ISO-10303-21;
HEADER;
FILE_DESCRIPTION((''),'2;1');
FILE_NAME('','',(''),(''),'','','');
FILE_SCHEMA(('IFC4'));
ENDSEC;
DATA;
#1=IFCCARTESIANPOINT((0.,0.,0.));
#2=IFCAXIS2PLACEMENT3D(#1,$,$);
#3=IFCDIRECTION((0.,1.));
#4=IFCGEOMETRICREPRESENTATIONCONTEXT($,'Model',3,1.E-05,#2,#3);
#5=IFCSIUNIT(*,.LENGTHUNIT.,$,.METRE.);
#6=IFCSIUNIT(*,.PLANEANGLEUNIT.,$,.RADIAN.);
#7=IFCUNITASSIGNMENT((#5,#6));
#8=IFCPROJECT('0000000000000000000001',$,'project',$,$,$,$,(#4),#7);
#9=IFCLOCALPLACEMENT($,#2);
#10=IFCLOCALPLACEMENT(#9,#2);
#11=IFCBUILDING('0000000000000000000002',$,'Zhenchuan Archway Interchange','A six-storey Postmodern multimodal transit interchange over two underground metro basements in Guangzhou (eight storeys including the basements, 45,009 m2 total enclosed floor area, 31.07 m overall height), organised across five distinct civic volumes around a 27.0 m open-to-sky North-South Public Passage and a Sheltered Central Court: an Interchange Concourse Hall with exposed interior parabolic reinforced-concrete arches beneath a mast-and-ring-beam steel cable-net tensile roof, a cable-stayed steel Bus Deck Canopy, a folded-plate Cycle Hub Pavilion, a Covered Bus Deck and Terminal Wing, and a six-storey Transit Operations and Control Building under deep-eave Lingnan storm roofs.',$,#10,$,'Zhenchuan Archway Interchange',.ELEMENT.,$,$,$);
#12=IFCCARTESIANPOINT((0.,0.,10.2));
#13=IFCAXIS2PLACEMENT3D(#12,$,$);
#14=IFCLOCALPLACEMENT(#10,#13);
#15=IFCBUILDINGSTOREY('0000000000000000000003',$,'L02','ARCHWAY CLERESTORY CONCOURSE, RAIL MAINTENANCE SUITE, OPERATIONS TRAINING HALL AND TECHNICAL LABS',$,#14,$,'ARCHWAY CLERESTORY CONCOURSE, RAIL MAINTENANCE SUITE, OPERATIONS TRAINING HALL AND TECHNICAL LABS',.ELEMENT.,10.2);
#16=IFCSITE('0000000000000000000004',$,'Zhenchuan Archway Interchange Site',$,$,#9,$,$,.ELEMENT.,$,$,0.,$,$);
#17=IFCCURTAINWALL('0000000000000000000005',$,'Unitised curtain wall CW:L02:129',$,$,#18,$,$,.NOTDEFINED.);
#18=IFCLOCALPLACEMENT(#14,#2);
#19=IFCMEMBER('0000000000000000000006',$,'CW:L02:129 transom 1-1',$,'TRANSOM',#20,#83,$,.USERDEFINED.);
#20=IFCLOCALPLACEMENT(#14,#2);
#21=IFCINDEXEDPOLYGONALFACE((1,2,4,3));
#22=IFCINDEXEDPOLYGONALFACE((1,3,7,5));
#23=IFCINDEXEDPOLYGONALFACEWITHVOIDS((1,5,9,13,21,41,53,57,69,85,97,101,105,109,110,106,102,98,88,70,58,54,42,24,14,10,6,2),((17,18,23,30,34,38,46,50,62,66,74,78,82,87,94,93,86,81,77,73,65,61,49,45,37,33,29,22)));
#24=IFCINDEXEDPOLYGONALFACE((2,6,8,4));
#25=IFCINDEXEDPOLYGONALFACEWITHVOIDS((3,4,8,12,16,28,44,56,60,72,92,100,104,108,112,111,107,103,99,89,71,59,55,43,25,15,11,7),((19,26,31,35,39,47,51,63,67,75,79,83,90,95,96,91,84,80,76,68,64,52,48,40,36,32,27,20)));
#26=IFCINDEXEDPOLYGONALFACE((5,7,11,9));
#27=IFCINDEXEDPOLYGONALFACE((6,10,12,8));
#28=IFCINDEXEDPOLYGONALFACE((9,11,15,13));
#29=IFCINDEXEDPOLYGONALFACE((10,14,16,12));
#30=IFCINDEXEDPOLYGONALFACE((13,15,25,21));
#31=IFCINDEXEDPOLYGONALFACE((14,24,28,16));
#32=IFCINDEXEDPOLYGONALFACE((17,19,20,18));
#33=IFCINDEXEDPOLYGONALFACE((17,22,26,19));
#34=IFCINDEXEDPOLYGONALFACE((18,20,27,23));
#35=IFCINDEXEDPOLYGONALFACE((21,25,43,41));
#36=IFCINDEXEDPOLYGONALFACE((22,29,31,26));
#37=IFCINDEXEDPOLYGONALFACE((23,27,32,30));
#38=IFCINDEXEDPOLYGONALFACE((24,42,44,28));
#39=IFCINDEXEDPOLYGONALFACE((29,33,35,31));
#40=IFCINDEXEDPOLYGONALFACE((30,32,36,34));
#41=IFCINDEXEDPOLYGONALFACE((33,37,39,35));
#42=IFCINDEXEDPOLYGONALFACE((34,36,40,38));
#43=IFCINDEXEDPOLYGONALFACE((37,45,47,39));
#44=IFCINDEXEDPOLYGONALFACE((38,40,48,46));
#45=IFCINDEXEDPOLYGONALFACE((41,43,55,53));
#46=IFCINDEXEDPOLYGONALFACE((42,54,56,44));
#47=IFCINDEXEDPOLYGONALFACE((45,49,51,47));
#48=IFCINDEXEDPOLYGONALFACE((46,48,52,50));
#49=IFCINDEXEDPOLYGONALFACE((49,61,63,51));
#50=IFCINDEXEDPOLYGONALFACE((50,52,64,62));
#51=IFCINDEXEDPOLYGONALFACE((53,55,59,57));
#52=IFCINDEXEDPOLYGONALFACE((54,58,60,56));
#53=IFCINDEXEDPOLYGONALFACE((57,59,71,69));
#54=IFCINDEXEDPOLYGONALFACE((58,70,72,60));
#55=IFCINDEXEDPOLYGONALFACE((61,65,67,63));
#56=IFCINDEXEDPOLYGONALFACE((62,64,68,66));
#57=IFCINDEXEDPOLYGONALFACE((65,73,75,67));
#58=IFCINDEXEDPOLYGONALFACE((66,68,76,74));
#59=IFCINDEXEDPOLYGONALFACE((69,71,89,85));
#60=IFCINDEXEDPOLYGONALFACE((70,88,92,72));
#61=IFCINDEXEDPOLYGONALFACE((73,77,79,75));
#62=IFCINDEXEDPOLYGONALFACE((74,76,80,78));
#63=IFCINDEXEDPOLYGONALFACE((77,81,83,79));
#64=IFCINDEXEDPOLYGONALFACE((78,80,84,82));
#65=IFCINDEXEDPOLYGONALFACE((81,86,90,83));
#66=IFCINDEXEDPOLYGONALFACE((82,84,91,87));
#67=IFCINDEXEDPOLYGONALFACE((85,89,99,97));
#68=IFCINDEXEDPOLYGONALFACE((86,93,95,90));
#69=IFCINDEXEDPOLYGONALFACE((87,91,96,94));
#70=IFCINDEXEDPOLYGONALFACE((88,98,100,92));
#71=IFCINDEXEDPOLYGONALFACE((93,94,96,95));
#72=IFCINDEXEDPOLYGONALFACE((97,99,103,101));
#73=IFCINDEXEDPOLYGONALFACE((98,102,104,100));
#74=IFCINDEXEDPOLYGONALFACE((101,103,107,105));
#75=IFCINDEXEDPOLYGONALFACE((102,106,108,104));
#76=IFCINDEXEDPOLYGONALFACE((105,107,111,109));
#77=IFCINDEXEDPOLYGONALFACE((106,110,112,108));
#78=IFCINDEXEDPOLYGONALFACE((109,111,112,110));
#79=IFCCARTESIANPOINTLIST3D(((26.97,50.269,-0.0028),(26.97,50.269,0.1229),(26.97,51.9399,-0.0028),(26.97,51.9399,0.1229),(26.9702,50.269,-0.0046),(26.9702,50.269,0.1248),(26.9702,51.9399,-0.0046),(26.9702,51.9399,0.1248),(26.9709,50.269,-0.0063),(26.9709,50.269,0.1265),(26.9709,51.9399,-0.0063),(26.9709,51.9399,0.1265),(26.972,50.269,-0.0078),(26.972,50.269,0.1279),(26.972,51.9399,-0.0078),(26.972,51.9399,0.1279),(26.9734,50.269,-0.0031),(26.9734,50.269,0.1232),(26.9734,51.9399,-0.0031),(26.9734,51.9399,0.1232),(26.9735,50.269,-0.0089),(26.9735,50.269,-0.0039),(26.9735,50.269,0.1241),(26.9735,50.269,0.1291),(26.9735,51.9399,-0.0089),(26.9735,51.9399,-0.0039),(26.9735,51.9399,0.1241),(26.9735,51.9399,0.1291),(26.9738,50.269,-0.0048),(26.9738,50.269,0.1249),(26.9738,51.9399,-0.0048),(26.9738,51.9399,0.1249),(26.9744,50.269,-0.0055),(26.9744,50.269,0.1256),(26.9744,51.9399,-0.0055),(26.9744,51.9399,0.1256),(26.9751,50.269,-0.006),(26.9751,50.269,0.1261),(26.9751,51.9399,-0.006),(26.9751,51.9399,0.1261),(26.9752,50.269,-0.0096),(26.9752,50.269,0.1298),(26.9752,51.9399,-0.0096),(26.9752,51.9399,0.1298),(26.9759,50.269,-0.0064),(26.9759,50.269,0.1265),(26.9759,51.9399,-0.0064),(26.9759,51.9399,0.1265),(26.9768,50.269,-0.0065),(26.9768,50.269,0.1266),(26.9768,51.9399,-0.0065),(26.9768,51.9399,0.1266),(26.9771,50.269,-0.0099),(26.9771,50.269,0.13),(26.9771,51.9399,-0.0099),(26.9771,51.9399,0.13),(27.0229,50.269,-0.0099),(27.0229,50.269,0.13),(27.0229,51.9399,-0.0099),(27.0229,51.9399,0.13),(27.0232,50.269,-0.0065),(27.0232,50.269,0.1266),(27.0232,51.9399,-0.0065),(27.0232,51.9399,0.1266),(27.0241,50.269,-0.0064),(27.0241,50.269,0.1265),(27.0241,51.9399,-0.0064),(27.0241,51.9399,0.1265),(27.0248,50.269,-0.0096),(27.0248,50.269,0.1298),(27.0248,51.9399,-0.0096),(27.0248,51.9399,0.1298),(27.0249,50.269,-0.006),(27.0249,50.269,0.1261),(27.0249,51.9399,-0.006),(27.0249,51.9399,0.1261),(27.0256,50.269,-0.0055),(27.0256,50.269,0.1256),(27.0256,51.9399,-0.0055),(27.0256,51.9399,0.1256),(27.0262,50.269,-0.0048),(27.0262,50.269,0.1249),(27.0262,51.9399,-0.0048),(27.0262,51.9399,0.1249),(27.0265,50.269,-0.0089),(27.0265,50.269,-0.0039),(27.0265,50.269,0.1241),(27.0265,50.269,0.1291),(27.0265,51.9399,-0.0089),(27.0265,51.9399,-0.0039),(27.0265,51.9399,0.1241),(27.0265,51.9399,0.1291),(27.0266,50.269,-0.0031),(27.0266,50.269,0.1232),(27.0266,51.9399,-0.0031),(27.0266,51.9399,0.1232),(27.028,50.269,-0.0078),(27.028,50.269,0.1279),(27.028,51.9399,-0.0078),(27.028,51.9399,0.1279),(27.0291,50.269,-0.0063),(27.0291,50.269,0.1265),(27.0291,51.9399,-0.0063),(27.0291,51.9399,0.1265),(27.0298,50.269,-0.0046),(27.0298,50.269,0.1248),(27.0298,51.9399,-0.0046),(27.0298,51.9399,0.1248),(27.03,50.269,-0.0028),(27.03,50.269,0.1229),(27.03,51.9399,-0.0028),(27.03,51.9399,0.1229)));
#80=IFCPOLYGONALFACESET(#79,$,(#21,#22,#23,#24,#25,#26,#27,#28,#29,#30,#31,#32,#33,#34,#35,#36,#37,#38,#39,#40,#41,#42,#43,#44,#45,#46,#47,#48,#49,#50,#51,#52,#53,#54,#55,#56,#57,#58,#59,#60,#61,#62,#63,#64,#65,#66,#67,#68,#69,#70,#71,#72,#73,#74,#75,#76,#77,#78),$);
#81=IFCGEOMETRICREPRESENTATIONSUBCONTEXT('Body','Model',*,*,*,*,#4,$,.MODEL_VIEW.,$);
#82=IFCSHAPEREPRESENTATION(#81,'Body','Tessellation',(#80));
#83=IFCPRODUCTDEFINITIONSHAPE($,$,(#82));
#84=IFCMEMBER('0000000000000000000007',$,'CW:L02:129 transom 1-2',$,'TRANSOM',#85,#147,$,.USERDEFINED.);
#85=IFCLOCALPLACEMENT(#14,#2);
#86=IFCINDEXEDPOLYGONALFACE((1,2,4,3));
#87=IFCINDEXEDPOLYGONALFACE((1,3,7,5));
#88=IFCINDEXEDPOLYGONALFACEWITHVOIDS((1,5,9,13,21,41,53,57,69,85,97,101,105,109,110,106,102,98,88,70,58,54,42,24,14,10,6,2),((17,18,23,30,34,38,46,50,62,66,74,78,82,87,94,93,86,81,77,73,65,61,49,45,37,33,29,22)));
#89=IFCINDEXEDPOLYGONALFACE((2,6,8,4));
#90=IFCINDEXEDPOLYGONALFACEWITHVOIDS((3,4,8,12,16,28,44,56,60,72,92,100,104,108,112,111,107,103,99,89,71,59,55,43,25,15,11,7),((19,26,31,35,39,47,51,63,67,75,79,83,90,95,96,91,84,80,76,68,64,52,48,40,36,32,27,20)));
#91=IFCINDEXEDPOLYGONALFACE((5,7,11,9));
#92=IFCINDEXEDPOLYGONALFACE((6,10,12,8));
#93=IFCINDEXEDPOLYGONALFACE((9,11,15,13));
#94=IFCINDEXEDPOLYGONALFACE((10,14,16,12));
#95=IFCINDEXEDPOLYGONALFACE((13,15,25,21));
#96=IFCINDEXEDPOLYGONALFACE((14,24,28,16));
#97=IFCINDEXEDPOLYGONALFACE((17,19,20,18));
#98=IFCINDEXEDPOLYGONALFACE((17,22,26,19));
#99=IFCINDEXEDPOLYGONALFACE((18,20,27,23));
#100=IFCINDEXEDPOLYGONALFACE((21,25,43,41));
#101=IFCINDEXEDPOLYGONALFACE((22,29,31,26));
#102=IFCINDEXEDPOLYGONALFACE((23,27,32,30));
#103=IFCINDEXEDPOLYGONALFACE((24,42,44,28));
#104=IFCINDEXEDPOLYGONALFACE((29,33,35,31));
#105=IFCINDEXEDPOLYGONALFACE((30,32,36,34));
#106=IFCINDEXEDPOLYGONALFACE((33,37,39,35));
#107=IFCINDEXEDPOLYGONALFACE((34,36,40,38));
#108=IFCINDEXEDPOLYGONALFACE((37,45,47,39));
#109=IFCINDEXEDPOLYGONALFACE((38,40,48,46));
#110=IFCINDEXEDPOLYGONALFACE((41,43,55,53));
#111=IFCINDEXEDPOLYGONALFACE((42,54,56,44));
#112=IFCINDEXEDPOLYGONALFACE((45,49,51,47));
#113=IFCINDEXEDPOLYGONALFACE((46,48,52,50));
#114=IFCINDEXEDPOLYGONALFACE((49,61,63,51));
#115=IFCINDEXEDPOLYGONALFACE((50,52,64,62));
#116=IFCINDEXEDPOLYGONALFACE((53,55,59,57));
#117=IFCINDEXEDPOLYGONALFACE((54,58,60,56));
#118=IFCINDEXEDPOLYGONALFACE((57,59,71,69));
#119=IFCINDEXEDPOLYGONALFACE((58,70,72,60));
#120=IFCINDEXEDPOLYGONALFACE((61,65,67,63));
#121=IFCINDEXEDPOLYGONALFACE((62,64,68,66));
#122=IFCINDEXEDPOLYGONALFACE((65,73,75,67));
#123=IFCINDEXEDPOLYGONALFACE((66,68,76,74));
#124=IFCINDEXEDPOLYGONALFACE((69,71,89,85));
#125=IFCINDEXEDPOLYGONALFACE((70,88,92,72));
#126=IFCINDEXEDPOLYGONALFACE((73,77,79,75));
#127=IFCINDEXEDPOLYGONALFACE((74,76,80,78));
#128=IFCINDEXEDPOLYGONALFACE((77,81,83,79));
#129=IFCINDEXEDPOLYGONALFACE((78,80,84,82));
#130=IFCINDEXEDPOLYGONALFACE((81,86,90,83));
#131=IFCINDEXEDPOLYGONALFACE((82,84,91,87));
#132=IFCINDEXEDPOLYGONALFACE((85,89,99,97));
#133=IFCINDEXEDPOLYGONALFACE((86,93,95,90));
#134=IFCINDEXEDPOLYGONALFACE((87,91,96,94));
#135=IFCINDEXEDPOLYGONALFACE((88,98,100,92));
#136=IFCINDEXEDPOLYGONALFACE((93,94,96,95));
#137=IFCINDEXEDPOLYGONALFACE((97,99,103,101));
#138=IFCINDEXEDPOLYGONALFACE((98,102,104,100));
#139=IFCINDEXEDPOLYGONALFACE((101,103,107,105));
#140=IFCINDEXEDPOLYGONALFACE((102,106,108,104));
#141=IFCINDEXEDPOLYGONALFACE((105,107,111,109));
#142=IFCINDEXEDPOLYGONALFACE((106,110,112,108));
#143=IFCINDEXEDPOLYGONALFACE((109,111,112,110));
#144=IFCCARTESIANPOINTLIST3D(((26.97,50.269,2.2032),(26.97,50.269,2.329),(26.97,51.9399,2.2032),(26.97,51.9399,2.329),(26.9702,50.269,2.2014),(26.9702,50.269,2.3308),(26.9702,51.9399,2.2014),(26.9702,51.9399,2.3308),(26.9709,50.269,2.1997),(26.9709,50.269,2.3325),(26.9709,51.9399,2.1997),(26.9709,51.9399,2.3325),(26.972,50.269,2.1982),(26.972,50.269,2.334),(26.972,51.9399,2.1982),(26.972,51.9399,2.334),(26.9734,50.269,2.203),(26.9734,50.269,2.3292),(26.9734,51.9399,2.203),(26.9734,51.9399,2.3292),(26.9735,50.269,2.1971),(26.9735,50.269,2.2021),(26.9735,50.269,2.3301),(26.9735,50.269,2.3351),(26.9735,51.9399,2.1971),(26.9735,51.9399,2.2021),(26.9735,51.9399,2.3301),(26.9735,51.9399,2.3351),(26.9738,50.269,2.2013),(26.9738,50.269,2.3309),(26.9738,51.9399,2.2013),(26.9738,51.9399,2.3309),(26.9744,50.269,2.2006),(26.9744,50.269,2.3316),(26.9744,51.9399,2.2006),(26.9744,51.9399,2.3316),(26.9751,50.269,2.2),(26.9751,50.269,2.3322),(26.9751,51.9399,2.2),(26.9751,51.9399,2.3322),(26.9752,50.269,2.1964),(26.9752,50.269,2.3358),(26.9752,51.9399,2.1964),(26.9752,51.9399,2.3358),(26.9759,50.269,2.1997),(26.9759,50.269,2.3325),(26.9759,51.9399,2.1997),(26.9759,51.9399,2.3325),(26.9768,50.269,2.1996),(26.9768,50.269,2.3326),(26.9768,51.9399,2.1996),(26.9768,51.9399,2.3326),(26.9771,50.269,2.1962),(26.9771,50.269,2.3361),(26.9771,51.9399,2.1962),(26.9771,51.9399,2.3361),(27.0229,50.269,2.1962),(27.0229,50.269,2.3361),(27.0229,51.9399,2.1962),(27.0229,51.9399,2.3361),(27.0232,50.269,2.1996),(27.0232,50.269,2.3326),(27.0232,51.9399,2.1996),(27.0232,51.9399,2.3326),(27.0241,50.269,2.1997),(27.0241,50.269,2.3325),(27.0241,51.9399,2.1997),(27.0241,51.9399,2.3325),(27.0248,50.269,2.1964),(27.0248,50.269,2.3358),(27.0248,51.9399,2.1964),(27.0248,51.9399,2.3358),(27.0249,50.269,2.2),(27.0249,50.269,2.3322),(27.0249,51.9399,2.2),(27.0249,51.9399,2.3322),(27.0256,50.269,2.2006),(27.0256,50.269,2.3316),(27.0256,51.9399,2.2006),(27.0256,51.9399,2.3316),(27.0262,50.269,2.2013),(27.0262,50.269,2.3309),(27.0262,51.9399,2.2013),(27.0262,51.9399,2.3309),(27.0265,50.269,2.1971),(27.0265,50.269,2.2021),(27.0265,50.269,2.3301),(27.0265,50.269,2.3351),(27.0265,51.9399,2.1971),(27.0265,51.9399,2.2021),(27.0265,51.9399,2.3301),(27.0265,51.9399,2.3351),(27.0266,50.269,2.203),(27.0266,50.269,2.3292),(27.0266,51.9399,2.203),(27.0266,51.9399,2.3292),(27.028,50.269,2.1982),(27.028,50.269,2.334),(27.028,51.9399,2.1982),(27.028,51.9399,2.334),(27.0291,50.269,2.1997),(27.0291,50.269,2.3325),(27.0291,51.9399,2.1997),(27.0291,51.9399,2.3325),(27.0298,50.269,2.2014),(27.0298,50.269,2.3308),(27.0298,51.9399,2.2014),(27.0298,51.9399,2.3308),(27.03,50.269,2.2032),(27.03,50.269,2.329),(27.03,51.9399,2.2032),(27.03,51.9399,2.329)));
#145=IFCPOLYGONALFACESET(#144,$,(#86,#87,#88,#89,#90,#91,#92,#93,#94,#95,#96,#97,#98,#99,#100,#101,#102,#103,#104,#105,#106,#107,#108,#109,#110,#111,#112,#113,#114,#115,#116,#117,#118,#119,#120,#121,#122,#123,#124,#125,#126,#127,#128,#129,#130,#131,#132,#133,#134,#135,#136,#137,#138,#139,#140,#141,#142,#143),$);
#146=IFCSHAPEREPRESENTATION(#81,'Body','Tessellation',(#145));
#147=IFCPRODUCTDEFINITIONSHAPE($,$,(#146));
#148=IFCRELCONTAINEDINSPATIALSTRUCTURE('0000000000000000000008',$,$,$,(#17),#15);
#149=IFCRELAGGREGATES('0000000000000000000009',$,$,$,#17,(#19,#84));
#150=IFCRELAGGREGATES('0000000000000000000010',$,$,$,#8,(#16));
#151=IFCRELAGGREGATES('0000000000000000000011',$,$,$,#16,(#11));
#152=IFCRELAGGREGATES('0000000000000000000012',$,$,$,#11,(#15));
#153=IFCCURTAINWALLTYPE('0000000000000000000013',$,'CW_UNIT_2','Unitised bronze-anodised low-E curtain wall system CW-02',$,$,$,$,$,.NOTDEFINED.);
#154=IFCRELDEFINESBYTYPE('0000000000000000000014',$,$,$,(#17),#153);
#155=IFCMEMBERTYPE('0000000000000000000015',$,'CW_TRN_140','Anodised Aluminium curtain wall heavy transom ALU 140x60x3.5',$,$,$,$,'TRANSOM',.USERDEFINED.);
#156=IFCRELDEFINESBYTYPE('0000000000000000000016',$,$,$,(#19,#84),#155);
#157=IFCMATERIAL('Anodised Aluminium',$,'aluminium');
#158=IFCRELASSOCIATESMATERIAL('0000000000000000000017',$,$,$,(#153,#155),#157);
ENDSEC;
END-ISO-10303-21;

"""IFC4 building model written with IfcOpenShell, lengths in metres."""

from ifc_helpers import new_model, si_unit, direction, frame, origin, origin_2d, place, context, subcontext, project, spatial, hollow_rectangle, extrude, material, material_profile, profile_set, type_object, element, aggregate, save


model = new_model("IFC4")

# Units and contexts
model_context = context("Model", 3, precision=1e-05, world=origin(), true_north=direction((0.0, 1.0)))
body_context = subcontext(model_context, "Body", "Model", "MODEL_VIEW")
ifc_project = project(units=[si_unit("LENGTHUNIT", "METRE"), si_unit("PLANEANGLEUNIT", "RADIAN")], contexts=[model_context])

# Site, building, storey
site_placement = place(None, origin())
site = spatial("IfcSite", under=ifc_project, at=site_placement, Name="Zhenchuan Archway Interchange Site", CompositionType="ELEMENT", RefElevation=0.0)
building_placement = place(site_placement, origin())
building = spatial("IfcBuilding", under=site, at=building_placement, Name="Zhenchuan Archway Interchange", Description="A six-storey Postmodern multimodal transit interchange over two underground metro basements in Guangzhou (eight storeys including the basements, 45,009 m2 total enclosed floor area, 31.07 m overall height), organised across five distinct civic volumes around a 27.0 m open-to-sky North-South Public Passage and a Sheltered Central Court: an Interchange Concourse Hall with exposed interior parabolic reinforced-concrete arches beneath a mast-and-ring-beam steel cable-net tensile roof, a cable-stayed steel Bus Deck Canopy, a folded-plate Cycle Hub Pavilion, a Covered Bus Deck and Terminal Wing, and a six-storey Transit Operations and Control Building under deep-eave Lingnan storm roofs.", LongName="Zhenchuan Archway Interchange", CompositionType="ELEMENT")
storey_placement = place(building_placement, frame((0.0, 0.0, 10.2)))
storey = spatial("IfcBuildingStorey", under=building, at=storey_placement, Name="L02", Description="ARCHWAY CLERESTORY CONCOURSE, RAIL MAINTENANCE SUITE, OPERATIONS TRAINING HALL AND TECHNICAL LABS", LongName="ARCHWAY CLERESTORY CONCOURSE, RAIL MAINTENANCE SUITE, OPERATIONS TRAINING HALL AND TECHNICAL LABS", CompositionType="ELEMENT", Elevation=10.2)

# Shared definitions
ifc_material_1 = material(Name="Anodised Aluminium", Category="aluminium")

# Curtain wall
curtain_wall_type_1 = type_object("IfcCurtainWallType", Name="CW_UNIT_2", Description="Unitised bronze-anodised low-E curtain wall system CW-02", PredefinedType="NOTDEFINED", material=ifc_material_1)
curtain_wall_1_placement = place(storey_placement, origin())
curtain_wall_1 = element("IfcCurtainWall", 1, at=curtain_wall_1_placement, inside=storey, type_object=curtain_wall_type_1, Name="Unitised curtain wall CW:L02:129", PredefinedType="NOTDEFINED")

# Members
ifc_material_profile_1 = material_profile(ifc_material_1, hollow_rectangle(XDim=0.0601, YDim=0.1399, WallThickness=0.0034, InnerFilletRadius=0.0034, OuterFilletRadius=0.0071, at=origin_2d()), Name="ALU 140x60x3.5")
ifc_profile_set_1 = profile_set([ifc_material_profile_1], Name="Anodised Aluminium")
member_type_1 = type_object("IfcMemberType", Name="CW_TRN_140", Description="Anodised Aluminium curtain wall heavy transom ALU 140x60x3.5", ElementType="TRANSOM", PredefinedType="USERDEFINED", material=ifc_profile_set_1)
member_1_placement = place(storey_placement, frame((27.0, 50.269, 0.0601), z_axis=(0.0, 1.0, 0.0), x_axis=(-1.0, 0.0, 0.0)))
member_1 = element("IfcMember", 2, at=member_1_placement, type_object=member_type_1, Name="CW:L02:129 transom 1-1", ObjectType="TRANSOM", PredefinedType="USERDEFINED", context=body_context, shape_type="SweptSolid", body=[
    extrude(hollow_rectangle(XDim=0.0601, YDim=0.1399, WallThickness=0.0034, InnerFilletRadius=0.0034, OuterFilletRadius=0.0071, at=origin_2d()), origin(), (0.0, 0.0, 1.0), 1.6709),
])
member_2_placement = place(storey_placement, frame((27.0, 50.269, 2.2661), z_axis=(0.0, 1.0, 0.0), x_axis=(-1.0, 0.0, 0.0)))
member_2 = element("IfcMember", 3, at=member_2_placement, type_object=member_type_1, Name="CW:L02:129 transom 1-2", ObjectType="TRANSOM", PredefinedType="USERDEFINED", context=body_context, shape_type="SweptSolid", body=[
    extrude(hollow_rectangle(XDim=0.0601, YDim=0.1399, WallThickness=0.0034, InnerFilletRadius=0.0034, OuterFilletRadius=0.0071, at=origin_2d()), origin(), (0.0, 0.0, 1.0), 1.6709),
])

aggregate(curtain_wall_1, [member_1, member_2])

save(model, "model.ifc")
